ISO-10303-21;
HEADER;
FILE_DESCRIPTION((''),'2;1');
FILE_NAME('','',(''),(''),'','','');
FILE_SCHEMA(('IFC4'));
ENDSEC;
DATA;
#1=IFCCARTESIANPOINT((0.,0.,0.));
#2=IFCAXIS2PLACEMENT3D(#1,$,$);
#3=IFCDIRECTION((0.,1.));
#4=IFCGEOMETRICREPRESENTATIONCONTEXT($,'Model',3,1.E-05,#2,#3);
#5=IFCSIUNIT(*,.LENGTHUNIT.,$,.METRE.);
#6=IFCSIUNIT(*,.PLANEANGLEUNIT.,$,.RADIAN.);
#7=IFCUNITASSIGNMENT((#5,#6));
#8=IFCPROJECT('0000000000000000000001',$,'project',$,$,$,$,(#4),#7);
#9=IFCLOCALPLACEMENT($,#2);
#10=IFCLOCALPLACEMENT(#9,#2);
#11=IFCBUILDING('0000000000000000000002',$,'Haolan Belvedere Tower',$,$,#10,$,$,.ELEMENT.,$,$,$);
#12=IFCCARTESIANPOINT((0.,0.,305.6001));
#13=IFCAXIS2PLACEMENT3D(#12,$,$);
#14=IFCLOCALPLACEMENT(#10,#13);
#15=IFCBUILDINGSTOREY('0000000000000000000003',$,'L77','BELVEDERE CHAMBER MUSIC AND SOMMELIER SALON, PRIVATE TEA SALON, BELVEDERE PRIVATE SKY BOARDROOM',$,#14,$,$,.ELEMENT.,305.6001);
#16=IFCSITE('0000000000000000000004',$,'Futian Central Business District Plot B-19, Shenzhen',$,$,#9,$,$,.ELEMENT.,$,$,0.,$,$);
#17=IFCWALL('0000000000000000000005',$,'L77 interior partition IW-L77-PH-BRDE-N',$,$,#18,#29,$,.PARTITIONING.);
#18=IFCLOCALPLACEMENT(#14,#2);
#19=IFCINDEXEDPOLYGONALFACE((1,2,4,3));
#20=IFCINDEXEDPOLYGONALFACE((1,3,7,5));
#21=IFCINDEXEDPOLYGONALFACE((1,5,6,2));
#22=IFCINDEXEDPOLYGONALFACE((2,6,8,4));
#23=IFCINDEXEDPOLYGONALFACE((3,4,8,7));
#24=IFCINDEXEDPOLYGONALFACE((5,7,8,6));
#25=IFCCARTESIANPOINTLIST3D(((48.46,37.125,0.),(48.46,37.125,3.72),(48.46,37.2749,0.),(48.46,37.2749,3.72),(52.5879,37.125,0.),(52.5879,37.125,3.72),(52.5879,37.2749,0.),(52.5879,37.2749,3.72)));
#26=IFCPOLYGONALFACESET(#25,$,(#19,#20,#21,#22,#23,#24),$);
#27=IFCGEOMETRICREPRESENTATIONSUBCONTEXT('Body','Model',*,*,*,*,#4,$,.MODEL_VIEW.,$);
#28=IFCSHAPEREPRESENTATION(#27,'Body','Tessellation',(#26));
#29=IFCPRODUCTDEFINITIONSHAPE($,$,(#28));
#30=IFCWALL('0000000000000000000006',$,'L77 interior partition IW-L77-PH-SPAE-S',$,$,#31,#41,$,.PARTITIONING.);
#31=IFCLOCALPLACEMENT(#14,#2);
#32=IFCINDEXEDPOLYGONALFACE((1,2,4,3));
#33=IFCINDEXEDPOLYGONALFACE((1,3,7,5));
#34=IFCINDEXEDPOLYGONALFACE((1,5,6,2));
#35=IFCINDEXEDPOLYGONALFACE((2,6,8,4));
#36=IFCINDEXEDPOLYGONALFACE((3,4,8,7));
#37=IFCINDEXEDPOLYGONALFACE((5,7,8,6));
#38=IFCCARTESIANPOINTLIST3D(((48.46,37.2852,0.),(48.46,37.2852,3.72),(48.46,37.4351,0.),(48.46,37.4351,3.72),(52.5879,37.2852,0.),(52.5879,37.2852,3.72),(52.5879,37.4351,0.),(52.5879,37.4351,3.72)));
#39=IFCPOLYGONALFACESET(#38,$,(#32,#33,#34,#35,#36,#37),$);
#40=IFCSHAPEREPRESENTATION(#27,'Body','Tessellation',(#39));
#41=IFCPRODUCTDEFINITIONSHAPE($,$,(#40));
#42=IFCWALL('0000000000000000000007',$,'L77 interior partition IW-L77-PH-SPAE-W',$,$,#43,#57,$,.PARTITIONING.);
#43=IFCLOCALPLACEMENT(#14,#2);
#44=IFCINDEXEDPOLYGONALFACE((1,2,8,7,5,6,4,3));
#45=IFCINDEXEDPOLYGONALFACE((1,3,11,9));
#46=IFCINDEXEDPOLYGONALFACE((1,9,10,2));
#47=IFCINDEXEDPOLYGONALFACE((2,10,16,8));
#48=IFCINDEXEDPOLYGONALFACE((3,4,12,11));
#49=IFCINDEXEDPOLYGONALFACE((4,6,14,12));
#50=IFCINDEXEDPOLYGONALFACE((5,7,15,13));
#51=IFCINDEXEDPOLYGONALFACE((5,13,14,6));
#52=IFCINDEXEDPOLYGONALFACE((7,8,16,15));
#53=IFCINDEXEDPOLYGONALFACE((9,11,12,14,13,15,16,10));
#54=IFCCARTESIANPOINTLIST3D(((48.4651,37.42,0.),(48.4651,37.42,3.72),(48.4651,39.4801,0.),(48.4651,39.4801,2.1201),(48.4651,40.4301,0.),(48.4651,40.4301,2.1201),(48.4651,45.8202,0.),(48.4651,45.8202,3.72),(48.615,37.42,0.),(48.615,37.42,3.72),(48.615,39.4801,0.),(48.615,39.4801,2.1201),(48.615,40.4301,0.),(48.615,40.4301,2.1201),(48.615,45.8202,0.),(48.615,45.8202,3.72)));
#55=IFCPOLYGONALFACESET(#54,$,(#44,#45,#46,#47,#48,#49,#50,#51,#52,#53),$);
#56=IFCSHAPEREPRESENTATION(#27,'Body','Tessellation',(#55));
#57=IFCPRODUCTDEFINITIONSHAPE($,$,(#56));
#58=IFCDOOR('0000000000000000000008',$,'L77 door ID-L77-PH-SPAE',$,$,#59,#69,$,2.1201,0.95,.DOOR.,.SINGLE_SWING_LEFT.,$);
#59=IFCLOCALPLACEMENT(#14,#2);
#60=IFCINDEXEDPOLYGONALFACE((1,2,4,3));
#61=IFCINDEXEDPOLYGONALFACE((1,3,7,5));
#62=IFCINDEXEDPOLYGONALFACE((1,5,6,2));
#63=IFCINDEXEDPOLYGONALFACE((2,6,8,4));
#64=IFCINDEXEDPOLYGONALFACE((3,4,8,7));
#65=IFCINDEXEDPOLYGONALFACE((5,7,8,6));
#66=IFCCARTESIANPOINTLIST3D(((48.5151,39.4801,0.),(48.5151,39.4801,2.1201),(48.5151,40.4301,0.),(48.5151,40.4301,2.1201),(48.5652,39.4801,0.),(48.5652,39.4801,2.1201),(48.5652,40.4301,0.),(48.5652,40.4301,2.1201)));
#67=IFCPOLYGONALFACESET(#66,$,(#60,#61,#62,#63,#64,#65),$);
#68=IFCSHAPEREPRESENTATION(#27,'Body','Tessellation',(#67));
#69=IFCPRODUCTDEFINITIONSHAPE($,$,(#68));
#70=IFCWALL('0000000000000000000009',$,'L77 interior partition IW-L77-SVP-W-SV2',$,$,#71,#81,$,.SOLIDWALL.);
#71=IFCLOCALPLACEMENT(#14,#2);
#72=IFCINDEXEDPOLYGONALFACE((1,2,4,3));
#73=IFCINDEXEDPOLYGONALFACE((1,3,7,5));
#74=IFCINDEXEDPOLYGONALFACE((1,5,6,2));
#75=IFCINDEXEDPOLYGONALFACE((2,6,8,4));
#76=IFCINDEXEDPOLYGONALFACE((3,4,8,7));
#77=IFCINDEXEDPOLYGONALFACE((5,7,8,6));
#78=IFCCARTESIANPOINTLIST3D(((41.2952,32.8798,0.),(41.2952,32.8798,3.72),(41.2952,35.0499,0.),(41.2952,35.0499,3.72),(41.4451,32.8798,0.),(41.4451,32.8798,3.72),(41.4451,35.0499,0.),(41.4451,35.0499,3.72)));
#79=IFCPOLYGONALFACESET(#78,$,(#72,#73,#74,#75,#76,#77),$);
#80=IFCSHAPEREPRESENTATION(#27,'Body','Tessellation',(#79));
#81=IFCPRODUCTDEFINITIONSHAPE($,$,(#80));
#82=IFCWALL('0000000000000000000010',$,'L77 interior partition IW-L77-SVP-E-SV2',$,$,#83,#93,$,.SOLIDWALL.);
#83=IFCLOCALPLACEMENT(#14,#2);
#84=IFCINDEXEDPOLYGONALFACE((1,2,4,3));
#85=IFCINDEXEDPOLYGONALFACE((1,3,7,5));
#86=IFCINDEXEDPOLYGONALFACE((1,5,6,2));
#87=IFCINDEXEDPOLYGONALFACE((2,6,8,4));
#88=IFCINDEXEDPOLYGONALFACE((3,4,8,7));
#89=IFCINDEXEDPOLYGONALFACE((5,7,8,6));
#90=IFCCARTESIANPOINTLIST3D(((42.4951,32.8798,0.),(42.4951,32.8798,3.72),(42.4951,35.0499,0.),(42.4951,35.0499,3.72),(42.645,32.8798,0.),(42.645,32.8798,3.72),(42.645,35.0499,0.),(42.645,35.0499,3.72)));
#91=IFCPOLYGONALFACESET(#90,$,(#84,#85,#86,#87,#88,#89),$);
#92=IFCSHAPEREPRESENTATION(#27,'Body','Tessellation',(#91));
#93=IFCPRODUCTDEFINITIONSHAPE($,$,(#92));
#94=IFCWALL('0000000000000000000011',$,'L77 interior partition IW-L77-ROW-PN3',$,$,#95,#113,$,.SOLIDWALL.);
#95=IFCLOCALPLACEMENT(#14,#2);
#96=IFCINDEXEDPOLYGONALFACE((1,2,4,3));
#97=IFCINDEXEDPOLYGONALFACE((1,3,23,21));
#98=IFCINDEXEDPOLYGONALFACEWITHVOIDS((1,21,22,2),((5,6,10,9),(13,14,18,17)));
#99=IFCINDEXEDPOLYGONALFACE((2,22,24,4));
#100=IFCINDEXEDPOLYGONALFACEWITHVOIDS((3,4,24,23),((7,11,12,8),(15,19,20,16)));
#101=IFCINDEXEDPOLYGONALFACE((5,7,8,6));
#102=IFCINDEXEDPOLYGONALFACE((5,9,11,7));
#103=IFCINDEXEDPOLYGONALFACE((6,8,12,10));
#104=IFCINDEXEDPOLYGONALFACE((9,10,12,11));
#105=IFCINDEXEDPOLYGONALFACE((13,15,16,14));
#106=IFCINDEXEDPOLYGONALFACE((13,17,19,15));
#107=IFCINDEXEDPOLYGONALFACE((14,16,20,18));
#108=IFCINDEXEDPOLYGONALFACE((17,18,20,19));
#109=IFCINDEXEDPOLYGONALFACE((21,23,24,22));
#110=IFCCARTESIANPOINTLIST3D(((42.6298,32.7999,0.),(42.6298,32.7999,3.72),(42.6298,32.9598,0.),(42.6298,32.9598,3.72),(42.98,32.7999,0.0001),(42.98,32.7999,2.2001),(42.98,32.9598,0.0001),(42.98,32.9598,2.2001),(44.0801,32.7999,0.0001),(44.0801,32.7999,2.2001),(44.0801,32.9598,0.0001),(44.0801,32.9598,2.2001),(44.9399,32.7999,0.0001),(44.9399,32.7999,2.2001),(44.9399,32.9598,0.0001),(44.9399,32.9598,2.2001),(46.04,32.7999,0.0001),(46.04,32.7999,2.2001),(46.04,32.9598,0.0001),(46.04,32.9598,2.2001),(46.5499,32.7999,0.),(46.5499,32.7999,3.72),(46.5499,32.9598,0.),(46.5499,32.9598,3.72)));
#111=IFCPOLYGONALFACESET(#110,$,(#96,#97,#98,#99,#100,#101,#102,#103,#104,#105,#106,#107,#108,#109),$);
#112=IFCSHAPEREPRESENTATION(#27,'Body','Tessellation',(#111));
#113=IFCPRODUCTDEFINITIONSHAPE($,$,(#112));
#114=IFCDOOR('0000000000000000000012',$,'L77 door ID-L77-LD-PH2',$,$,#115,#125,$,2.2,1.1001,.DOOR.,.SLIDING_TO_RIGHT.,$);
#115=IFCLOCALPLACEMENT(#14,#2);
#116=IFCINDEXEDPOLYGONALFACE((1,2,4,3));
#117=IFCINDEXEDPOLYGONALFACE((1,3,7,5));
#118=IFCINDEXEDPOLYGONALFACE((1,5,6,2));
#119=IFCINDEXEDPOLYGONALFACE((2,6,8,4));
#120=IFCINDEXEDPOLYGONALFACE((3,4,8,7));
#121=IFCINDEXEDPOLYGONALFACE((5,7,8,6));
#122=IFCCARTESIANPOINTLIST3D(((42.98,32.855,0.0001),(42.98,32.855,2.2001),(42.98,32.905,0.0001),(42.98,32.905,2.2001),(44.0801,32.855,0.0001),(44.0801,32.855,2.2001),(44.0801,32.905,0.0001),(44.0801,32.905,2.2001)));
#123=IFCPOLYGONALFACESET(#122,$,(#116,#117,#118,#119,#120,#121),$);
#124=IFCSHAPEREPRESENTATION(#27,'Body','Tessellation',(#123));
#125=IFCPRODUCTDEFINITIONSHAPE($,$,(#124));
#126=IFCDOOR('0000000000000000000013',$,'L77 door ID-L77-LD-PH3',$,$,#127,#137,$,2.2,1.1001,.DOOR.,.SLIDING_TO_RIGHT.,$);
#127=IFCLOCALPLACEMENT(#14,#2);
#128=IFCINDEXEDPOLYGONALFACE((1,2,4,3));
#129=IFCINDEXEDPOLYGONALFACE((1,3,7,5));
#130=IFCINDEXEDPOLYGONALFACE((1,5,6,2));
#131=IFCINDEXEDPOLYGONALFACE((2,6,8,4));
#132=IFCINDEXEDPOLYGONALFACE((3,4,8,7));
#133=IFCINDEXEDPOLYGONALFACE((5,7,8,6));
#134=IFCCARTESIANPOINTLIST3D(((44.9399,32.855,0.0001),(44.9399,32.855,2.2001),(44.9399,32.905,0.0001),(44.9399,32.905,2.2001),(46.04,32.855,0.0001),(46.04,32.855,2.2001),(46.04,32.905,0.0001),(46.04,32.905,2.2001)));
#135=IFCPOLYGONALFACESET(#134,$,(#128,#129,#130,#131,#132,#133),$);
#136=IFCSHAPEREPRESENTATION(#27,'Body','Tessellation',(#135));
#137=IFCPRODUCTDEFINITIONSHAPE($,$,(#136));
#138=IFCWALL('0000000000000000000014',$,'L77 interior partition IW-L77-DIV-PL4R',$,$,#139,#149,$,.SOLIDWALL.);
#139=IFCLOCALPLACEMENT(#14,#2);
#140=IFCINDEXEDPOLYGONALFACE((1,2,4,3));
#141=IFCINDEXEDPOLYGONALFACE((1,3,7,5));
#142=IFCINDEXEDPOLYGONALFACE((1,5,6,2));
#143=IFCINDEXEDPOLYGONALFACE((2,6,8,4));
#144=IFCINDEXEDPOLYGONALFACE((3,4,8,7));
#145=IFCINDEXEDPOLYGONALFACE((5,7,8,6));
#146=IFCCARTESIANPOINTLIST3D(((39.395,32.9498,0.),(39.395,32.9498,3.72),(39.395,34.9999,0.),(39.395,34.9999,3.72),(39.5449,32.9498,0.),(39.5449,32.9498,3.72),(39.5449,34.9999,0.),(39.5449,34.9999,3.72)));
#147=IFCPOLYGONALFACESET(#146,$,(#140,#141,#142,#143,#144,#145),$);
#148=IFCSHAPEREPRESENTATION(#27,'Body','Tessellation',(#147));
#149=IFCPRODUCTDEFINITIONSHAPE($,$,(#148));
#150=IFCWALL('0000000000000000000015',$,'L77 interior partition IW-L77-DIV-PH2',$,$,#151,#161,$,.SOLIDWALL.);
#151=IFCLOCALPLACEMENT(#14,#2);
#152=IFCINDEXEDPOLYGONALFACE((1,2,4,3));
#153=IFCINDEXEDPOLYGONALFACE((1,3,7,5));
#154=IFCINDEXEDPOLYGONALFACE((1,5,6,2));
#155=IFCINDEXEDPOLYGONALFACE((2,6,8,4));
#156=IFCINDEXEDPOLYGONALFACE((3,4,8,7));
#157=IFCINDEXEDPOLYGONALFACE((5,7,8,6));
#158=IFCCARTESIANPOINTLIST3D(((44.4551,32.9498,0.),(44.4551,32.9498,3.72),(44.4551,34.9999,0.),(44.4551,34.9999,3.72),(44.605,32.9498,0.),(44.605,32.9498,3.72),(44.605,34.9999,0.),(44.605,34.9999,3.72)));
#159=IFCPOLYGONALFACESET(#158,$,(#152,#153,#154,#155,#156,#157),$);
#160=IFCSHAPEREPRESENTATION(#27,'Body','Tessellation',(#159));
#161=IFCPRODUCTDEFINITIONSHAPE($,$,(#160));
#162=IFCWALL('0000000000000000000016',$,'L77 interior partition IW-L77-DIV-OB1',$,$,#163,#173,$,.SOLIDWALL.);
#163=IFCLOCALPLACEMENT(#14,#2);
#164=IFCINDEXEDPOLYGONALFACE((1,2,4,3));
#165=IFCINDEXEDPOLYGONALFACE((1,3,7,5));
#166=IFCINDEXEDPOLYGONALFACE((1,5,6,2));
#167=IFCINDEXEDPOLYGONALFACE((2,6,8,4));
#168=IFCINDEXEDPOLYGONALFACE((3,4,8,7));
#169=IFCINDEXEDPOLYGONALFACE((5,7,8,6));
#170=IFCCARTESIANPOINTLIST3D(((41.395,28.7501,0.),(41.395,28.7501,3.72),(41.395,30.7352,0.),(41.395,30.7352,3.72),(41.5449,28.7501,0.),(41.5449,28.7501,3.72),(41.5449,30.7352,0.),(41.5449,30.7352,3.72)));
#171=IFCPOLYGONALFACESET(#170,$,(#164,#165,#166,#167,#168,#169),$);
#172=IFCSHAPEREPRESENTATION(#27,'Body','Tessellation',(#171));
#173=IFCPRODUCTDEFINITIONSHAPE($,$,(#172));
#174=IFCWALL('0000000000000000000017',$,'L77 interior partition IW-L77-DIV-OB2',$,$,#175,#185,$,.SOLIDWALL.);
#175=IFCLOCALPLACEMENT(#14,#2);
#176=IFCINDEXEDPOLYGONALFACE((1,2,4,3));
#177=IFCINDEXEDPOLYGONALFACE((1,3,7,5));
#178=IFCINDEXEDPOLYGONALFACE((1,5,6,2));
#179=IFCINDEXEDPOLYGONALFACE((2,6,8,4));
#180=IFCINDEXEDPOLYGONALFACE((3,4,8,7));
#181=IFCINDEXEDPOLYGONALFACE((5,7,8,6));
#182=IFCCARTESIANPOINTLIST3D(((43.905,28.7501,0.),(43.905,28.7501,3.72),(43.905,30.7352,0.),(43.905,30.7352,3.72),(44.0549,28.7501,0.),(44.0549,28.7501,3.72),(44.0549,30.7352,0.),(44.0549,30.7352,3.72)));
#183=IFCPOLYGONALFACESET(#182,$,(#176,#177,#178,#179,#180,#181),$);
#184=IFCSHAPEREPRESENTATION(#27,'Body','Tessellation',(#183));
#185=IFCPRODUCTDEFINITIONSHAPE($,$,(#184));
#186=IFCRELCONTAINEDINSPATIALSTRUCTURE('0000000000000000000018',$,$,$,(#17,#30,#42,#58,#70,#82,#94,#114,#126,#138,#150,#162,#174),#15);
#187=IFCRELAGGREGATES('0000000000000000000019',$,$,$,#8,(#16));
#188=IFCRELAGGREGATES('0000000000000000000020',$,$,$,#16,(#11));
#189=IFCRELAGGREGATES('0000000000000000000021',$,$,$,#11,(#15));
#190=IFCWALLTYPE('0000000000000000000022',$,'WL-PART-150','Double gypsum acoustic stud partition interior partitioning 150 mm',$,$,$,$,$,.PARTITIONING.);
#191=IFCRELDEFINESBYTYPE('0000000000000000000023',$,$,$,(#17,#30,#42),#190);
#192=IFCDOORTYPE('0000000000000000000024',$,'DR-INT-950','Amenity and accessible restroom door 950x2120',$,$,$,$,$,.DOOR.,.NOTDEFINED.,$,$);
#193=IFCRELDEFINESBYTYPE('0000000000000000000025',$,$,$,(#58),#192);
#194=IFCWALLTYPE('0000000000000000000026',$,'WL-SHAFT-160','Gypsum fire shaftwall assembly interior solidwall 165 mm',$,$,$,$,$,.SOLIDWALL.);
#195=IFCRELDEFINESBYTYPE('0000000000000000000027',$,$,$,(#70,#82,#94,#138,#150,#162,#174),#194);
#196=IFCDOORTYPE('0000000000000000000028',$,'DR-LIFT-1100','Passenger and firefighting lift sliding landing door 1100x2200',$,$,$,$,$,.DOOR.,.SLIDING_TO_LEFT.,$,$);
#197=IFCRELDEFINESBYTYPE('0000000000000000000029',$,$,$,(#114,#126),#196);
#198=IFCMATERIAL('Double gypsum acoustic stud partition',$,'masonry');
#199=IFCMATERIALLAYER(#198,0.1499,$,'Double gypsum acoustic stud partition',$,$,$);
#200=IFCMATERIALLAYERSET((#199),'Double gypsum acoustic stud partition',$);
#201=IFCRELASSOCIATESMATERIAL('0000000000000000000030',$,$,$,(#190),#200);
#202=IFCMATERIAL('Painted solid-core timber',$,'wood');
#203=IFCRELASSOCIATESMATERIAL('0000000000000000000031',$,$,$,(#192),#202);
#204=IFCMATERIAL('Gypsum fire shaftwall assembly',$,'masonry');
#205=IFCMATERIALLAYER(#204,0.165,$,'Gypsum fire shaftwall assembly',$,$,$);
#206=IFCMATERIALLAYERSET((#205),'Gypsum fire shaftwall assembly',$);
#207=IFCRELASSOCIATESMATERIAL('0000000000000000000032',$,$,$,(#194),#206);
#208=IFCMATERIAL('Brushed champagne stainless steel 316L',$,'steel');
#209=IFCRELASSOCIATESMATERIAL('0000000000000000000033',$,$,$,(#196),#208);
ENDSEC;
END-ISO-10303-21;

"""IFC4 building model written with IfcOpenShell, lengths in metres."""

from ifc_helpers import new_model, si_unit, direction, frame, frame_2d, origin, place, context, subcontext, project, spatial, rectangle, extrude, material, layer, layer_set, type_object, element, fill, save


model = new_model("IFC4")

# Units and contexts
model_context = context("Model", 3, precision=1e-05, world=origin(), true_north=direction((0.0, 1.0)))
body_context = subcontext(model_context, "Body", "Model", "MODEL_VIEW")
ifc_project = project(units=[si_unit("LENGTHUNIT", "METRE"), si_unit("PLANEANGLEUNIT", "RADIAN")], contexts=[model_context])

# Site, building, storey
site_placement = place(None, origin())
site = spatial("IfcSite", under=ifc_project, at=site_placement, Name="Futian Central Business District Plot B-19, Shenzhen", CompositionType="ELEMENT", RefElevation=0.0)
building_placement = place(site_placement, origin())
building = spatial("IfcBuilding", under=site, at=building_placement, Name="Haolan Belvedere Tower", CompositionType="ELEMENT")
storey_placement = place(building_placement, frame((0.0, 0.0, 305.6001)))
storey = spatial("IfcBuildingStorey", under=building, at=storey_placement, Name="L77", Description="BELVEDERE CHAMBER MUSIC AND SOMMELIER SALON, PRIVATE TEA SALON, BELVEDERE PRIVATE SKY BOARDROOM", CompositionType="ELEMENT", Elevation=305.6001)

# Walls
ifc_material_1 = material(Name="Double gypsum acoustic stud partition", Category="masonry")
ifc_layer_1 = layer(ifc_material_1, 0.1499, Name="Double gypsum acoustic stud partition")
ifc_layer_set_1 = layer_set([ifc_layer_1], Name="Double gypsum acoustic stud partition")
wall_type_1 = type_object("IfcWallType", Name="WL-PART-150", Description="Double gypsum acoustic stud partition interior partitioning 150 mm", PredefinedType="PARTITIONING", material=ifc_layer_set_1)
for number, where, z_axis, x_axis, name in (
    (1, (48.46, 37.2, 0.0), (0.0, 0.0, 1.0), (1.0, 0.0, 0.0), "L77 interior partition IW-L77-PH-BRDE-N"),
    (2, (48.46, 37.3601, 0.0), (0.0, 0.0, 1.0), (1.0, 0.0, 0.0), "L77 interior partition IW-L77-PH-SPAE-S"),
):
    element("IfcWall", number, at=place(storey_placement, frame(where, z_axis=z_axis, x_axis=x_axis)), inside=storey, type_object=wall_type_1, Name=name, PredefinedType="PARTITIONING", context=body_context, shape_type="SweptSolid", body=[
        extrude(rectangle(XDim=4.1279, YDim=0.1499, at=frame_2d((2.064, 0.0))), origin(), (0.0, 0.0, 1.0), 3.72),
    ])

# Wall, opening, door
wall_1_placement = place(storey_placement, frame((48.54, 37.4199, 0.0), z_axis=(0.0, 0.0, 1.0), x_axis=(0.0, 1.0, 0.0)))
wall_1 = element("IfcWall", 3, at=wall_1_placement, inside=storey, type_object=wall_type_1, Name="L77 interior partition IW-L77-PH-SPAE-W", PredefinedType="PARTITIONING", context=body_context, shape_type="SweptSolid", body=[
    extrude(rectangle(XDim=8.4001, YDim=0.1499, at=frame_2d((4.2002, 0.0))), origin(), (0.0, 0.0, 1.0), 3.72),
])
opening_1_placement = place(wall_1_placement, frame((2.0601, 0.0, 0.0)))
opening_1 = element("IfcOpeningElement", 4, at=opening_1_placement, cuts=wall_1, PredefinedType="OPENING", context=body_context, shape_type="SweptSolid", body=[
    extrude(rectangle(XDim=0.95, YDim=2.1201, at=frame_2d((0.4751, 1.0601))), frame((0.0, 0.085, 0.0), z_axis=(0.0, -1.0, 0.0), x_axis=(1.0, 0.0, 0.0)), (0.0, 0.0, 1.0), 0.1699),
])
ifc_material_2 = material(Name="Painted solid-core timber", Category="wood")
door_type_1 = type_object("IfcDoorType", Name="DR-INT-950", Description="Amenity and accessible restroom door 950x2120", OperationType="NOTDEFINED", PredefinedType="DOOR", material=ifc_material_2)
door_1_placement = place(opening_1_placement, origin())
door_1 = element("IfcDoor", 5, at=door_1_placement, inside=storey, type_object=door_type_1, Name="L77 door ID-L77-PH-SPAE", OperationType="SINGLE_SWING_LEFT", OverallHeight=2.1201, OverallWidth=0.95, PredefinedType="DOOR", context=body_context, shape_type="SweptSolid", body=[
    extrude(rectangle(XDim=0.95, YDim=2.1201, at=frame_2d((0.4751, 1.0601))), frame((0.0, 0.0249, 0.0), z_axis=(0.0, -1.0, 0.0), x_axis=(1.0, 0.0, 0.0)), (0.0, 0.0, 1.0), 0.05),
])
fill(opening_1, door_1)

# Walls
ifc_material_3 = material(Name="Gypsum fire shaftwall assembly", Category="masonry")
ifc_layer_2 = layer(ifc_material_3, 0.165, Name="Gypsum fire shaftwall assembly")
ifc_layer_set_2 = layer_set([ifc_layer_2], Name="Gypsum fire shaftwall assembly")
wall_type_2 = type_object("IfcWallType", Name="WL-SHAFT-160", Description="Gypsum fire shaftwall assembly interior solidwall 165 mm", PredefinedType="SOLIDWALL", material=ifc_layer_set_2)
for number, where, z_axis, x_axis, name in (
    (6, (41.3701, 32.8799, 0.0), (0.0, 0.0, 1.0), (0.0, 1.0, 0.0), "L77 interior partition IW-L77-SVP-W-SV2"),
    (7, (42.5701, 32.8799, 0.0), (0.0, 0.0, 1.0), (0.0, 1.0, 0.0), "L77 interior partition IW-L77-SVP-E-SV2"),
):
    element("IfcWall", number, at=place(storey_placement, frame(where, z_axis=z_axis, x_axis=x_axis)), inside=storey, type_object=wall_type_2, Name=name, PredefinedType="SOLIDWALL", context=body_context, shape_type="SweptSolid", body=[
        extrude(rectangle(XDim=2.1702, YDim=0.1499, at=frame_2d((1.085, 0.0))), origin(), (0.0, 0.0, 1.0), 3.72),
    ])

# Wall, openings, doors
wall_2_placement = place(storey_placement, frame((42.6299, 32.8799, 0.0), z_axis=(0.0, 0.0, 1.0), x_axis=(1.0, 0.0, 0.0)))
wall_2 = element("IfcWall", 8, at=wall_2_placement, inside=storey, type_object=wall_type_2, Name="L77 interior partition IW-L77-ROW-PN3", PredefinedType="SOLIDWALL", context=body_context, shape_type="SweptSolid", body=[
    extrude(rectangle(XDim=3.9202, YDim=0.1599, at=frame_2d((1.96, 0.0))), origin(), (0.0, 0.0, 1.0), 3.72),
])
opening_2_placement = place(wall_2_placement, frame((1.4502, 0.0, 0.0), z_axis=(0.0, 0.0, 1.0), x_axis=(-1.0, 0.0, 0.0)))
opening_2 = element("IfcOpeningElement", 9, at=opening_2_placement, cuts=wall_2, PredefinedType="OPENING", context=body_context, shape_type="SweptSolid", body=[
    extrude(rectangle(XDim=1.1001, YDim=2.2, at=frame_2d((0.55, 1.1001))), frame((0.0, 0.0898, 0.0), z_axis=(0.0, -1.0, 0.0), x_axis=(1.0, 0.0, 0.0)), (0.0, 0.0, 1.0), 0.1799),
])
opening_3_placement = place(wall_2_placement, frame((3.4102, 0.0, 0.0), z_axis=(0.0, 0.0, 1.0), x_axis=(-1.0, 0.0, 0.0)))
opening_3 = element("IfcOpeningElement", 10, at=opening_3_placement, cuts=wall_2, PredefinedType="OPENING", context=body_context, shape_type="SweptSolid", body=[
    extrude(rectangle(XDim=1.1001, YDim=2.2, at=frame_2d((0.55, 1.1001))), frame((0.0, 0.0898, 0.0), z_axis=(0.0, -1.0, 0.0), x_axis=(1.0, 0.0, 0.0)), (0.0, 0.0, 1.0), 0.1799),
])
ifc_material_4 = material(Name="Brushed champagne stainless steel 316L", Category="steel")
door_type_2 = type_object("IfcDoorType", Name="DR-LIFT-1100", Description="Passenger and firefighting lift sliding landing door 1100x2200", OperationType="SLIDING_TO_LEFT", PredefinedType="DOOR", material=ifc_material_4)
door_2_placement = place(opening_2_placement, origin())
door_2 = element("IfcDoor", 11, at=door_2_placement, inside=storey, type_object=door_type_2, Name="L77 door ID-L77-LD-PH2", OperationType="SLIDING_TO_RIGHT", OverallHeight=2.2, OverallWidth=1.1001, PredefinedType="DOOR", context=body_context, shape_type="SweptSolid", body=[
    extrude(rectangle(XDim=1.1001, YDim=2.2, at=frame_2d((0.55, 1.1001))), frame((0.0, 0.0249, 0.0), z_axis=(0.0, -1.0, 0.0), x_axis=(1.0, 0.0, 0.0)), (0.0, 0.0, 1.0), 0.05),
])
fill(opening_2, door_2)
door_3_placement = place(opening_3_placement, origin())
door_3 = element("IfcDoor", 12, at=door_3_placement, inside=storey, type_object=door_type_2, Name="L77 door ID-L77-LD-PH3", OperationType="SLIDING_TO_RIGHT", OverallHeight=2.2, OverallWidth=1.1001, PredefinedType="DOOR", context=body_context, shape_type="SweptSolid", body=[
    extrude(rectangle(XDim=1.1001, YDim=2.2, at=frame_2d((0.55, 1.1001))), frame((0.0, 0.0249, 0.0), z_axis=(0.0, -1.0, 0.0), x_axis=(1.0, 0.0, 0.0)), (0.0, 0.0, 1.0), 0.05),
])
fill(opening_3, door_3)

# Walls
for number, where, z_axis, x_axis, name in (
    (13, (39.47, 32.95, 0.0), (0.0, 0.0, 1.0), (0.0, 1.0, 0.0), "L77 interior partition IW-L77-DIV-PL4R"),
    (14, (44.53, 32.95, 0.0), (0.0, 0.0, 1.0), (0.0, 1.0, 0.0), "L77 interior partition IW-L77-DIV-PH2"),
):
    element("IfcWall", number, at=place(storey_placement, frame(where, z_axis=z_axis, x_axis=x_axis)), inside=storey, type_object=wall_type_2, Name=name, PredefinedType="SOLIDWALL", context=body_context, shape_type="SweptSolid", body=[
        extrude(rectangle(XDim=2.05, YDim=0.1499, at=frame_2d((1.0249, 0.0))), origin(), (0.0, 0.0, 1.0), 3.72),
    ])
for number, where, z_axis, x_axis, name in (
    (15, (41.47, 28.75, 0.0), (0.0, 0.0, 1.0), (0.0, 1.0, 0.0), "L77 interior partition IW-L77-DIV-OB1"),
    (16, (43.98, 28.75, 0.0), (0.0, 0.0, 1.0), (0.0, 1.0, 0.0), "L77 interior partition IW-L77-DIV-OB2"),
):
    element("IfcWall", number, at=place(storey_placement, frame(where, z_axis=z_axis, x_axis=x_axis)), inside=storey, type_object=wall_type_2, Name=name, PredefinedType="SOLIDWALL", context=body_context, shape_type="SweptSolid", body=[
        extrude(rectangle(XDim=1.9851, YDim=0.1499, at=frame_2d((0.9927, 0.0))), origin(), (0.0, 0.0, 1.0), 3.72),
    ])

save(model, "model.ifc")
